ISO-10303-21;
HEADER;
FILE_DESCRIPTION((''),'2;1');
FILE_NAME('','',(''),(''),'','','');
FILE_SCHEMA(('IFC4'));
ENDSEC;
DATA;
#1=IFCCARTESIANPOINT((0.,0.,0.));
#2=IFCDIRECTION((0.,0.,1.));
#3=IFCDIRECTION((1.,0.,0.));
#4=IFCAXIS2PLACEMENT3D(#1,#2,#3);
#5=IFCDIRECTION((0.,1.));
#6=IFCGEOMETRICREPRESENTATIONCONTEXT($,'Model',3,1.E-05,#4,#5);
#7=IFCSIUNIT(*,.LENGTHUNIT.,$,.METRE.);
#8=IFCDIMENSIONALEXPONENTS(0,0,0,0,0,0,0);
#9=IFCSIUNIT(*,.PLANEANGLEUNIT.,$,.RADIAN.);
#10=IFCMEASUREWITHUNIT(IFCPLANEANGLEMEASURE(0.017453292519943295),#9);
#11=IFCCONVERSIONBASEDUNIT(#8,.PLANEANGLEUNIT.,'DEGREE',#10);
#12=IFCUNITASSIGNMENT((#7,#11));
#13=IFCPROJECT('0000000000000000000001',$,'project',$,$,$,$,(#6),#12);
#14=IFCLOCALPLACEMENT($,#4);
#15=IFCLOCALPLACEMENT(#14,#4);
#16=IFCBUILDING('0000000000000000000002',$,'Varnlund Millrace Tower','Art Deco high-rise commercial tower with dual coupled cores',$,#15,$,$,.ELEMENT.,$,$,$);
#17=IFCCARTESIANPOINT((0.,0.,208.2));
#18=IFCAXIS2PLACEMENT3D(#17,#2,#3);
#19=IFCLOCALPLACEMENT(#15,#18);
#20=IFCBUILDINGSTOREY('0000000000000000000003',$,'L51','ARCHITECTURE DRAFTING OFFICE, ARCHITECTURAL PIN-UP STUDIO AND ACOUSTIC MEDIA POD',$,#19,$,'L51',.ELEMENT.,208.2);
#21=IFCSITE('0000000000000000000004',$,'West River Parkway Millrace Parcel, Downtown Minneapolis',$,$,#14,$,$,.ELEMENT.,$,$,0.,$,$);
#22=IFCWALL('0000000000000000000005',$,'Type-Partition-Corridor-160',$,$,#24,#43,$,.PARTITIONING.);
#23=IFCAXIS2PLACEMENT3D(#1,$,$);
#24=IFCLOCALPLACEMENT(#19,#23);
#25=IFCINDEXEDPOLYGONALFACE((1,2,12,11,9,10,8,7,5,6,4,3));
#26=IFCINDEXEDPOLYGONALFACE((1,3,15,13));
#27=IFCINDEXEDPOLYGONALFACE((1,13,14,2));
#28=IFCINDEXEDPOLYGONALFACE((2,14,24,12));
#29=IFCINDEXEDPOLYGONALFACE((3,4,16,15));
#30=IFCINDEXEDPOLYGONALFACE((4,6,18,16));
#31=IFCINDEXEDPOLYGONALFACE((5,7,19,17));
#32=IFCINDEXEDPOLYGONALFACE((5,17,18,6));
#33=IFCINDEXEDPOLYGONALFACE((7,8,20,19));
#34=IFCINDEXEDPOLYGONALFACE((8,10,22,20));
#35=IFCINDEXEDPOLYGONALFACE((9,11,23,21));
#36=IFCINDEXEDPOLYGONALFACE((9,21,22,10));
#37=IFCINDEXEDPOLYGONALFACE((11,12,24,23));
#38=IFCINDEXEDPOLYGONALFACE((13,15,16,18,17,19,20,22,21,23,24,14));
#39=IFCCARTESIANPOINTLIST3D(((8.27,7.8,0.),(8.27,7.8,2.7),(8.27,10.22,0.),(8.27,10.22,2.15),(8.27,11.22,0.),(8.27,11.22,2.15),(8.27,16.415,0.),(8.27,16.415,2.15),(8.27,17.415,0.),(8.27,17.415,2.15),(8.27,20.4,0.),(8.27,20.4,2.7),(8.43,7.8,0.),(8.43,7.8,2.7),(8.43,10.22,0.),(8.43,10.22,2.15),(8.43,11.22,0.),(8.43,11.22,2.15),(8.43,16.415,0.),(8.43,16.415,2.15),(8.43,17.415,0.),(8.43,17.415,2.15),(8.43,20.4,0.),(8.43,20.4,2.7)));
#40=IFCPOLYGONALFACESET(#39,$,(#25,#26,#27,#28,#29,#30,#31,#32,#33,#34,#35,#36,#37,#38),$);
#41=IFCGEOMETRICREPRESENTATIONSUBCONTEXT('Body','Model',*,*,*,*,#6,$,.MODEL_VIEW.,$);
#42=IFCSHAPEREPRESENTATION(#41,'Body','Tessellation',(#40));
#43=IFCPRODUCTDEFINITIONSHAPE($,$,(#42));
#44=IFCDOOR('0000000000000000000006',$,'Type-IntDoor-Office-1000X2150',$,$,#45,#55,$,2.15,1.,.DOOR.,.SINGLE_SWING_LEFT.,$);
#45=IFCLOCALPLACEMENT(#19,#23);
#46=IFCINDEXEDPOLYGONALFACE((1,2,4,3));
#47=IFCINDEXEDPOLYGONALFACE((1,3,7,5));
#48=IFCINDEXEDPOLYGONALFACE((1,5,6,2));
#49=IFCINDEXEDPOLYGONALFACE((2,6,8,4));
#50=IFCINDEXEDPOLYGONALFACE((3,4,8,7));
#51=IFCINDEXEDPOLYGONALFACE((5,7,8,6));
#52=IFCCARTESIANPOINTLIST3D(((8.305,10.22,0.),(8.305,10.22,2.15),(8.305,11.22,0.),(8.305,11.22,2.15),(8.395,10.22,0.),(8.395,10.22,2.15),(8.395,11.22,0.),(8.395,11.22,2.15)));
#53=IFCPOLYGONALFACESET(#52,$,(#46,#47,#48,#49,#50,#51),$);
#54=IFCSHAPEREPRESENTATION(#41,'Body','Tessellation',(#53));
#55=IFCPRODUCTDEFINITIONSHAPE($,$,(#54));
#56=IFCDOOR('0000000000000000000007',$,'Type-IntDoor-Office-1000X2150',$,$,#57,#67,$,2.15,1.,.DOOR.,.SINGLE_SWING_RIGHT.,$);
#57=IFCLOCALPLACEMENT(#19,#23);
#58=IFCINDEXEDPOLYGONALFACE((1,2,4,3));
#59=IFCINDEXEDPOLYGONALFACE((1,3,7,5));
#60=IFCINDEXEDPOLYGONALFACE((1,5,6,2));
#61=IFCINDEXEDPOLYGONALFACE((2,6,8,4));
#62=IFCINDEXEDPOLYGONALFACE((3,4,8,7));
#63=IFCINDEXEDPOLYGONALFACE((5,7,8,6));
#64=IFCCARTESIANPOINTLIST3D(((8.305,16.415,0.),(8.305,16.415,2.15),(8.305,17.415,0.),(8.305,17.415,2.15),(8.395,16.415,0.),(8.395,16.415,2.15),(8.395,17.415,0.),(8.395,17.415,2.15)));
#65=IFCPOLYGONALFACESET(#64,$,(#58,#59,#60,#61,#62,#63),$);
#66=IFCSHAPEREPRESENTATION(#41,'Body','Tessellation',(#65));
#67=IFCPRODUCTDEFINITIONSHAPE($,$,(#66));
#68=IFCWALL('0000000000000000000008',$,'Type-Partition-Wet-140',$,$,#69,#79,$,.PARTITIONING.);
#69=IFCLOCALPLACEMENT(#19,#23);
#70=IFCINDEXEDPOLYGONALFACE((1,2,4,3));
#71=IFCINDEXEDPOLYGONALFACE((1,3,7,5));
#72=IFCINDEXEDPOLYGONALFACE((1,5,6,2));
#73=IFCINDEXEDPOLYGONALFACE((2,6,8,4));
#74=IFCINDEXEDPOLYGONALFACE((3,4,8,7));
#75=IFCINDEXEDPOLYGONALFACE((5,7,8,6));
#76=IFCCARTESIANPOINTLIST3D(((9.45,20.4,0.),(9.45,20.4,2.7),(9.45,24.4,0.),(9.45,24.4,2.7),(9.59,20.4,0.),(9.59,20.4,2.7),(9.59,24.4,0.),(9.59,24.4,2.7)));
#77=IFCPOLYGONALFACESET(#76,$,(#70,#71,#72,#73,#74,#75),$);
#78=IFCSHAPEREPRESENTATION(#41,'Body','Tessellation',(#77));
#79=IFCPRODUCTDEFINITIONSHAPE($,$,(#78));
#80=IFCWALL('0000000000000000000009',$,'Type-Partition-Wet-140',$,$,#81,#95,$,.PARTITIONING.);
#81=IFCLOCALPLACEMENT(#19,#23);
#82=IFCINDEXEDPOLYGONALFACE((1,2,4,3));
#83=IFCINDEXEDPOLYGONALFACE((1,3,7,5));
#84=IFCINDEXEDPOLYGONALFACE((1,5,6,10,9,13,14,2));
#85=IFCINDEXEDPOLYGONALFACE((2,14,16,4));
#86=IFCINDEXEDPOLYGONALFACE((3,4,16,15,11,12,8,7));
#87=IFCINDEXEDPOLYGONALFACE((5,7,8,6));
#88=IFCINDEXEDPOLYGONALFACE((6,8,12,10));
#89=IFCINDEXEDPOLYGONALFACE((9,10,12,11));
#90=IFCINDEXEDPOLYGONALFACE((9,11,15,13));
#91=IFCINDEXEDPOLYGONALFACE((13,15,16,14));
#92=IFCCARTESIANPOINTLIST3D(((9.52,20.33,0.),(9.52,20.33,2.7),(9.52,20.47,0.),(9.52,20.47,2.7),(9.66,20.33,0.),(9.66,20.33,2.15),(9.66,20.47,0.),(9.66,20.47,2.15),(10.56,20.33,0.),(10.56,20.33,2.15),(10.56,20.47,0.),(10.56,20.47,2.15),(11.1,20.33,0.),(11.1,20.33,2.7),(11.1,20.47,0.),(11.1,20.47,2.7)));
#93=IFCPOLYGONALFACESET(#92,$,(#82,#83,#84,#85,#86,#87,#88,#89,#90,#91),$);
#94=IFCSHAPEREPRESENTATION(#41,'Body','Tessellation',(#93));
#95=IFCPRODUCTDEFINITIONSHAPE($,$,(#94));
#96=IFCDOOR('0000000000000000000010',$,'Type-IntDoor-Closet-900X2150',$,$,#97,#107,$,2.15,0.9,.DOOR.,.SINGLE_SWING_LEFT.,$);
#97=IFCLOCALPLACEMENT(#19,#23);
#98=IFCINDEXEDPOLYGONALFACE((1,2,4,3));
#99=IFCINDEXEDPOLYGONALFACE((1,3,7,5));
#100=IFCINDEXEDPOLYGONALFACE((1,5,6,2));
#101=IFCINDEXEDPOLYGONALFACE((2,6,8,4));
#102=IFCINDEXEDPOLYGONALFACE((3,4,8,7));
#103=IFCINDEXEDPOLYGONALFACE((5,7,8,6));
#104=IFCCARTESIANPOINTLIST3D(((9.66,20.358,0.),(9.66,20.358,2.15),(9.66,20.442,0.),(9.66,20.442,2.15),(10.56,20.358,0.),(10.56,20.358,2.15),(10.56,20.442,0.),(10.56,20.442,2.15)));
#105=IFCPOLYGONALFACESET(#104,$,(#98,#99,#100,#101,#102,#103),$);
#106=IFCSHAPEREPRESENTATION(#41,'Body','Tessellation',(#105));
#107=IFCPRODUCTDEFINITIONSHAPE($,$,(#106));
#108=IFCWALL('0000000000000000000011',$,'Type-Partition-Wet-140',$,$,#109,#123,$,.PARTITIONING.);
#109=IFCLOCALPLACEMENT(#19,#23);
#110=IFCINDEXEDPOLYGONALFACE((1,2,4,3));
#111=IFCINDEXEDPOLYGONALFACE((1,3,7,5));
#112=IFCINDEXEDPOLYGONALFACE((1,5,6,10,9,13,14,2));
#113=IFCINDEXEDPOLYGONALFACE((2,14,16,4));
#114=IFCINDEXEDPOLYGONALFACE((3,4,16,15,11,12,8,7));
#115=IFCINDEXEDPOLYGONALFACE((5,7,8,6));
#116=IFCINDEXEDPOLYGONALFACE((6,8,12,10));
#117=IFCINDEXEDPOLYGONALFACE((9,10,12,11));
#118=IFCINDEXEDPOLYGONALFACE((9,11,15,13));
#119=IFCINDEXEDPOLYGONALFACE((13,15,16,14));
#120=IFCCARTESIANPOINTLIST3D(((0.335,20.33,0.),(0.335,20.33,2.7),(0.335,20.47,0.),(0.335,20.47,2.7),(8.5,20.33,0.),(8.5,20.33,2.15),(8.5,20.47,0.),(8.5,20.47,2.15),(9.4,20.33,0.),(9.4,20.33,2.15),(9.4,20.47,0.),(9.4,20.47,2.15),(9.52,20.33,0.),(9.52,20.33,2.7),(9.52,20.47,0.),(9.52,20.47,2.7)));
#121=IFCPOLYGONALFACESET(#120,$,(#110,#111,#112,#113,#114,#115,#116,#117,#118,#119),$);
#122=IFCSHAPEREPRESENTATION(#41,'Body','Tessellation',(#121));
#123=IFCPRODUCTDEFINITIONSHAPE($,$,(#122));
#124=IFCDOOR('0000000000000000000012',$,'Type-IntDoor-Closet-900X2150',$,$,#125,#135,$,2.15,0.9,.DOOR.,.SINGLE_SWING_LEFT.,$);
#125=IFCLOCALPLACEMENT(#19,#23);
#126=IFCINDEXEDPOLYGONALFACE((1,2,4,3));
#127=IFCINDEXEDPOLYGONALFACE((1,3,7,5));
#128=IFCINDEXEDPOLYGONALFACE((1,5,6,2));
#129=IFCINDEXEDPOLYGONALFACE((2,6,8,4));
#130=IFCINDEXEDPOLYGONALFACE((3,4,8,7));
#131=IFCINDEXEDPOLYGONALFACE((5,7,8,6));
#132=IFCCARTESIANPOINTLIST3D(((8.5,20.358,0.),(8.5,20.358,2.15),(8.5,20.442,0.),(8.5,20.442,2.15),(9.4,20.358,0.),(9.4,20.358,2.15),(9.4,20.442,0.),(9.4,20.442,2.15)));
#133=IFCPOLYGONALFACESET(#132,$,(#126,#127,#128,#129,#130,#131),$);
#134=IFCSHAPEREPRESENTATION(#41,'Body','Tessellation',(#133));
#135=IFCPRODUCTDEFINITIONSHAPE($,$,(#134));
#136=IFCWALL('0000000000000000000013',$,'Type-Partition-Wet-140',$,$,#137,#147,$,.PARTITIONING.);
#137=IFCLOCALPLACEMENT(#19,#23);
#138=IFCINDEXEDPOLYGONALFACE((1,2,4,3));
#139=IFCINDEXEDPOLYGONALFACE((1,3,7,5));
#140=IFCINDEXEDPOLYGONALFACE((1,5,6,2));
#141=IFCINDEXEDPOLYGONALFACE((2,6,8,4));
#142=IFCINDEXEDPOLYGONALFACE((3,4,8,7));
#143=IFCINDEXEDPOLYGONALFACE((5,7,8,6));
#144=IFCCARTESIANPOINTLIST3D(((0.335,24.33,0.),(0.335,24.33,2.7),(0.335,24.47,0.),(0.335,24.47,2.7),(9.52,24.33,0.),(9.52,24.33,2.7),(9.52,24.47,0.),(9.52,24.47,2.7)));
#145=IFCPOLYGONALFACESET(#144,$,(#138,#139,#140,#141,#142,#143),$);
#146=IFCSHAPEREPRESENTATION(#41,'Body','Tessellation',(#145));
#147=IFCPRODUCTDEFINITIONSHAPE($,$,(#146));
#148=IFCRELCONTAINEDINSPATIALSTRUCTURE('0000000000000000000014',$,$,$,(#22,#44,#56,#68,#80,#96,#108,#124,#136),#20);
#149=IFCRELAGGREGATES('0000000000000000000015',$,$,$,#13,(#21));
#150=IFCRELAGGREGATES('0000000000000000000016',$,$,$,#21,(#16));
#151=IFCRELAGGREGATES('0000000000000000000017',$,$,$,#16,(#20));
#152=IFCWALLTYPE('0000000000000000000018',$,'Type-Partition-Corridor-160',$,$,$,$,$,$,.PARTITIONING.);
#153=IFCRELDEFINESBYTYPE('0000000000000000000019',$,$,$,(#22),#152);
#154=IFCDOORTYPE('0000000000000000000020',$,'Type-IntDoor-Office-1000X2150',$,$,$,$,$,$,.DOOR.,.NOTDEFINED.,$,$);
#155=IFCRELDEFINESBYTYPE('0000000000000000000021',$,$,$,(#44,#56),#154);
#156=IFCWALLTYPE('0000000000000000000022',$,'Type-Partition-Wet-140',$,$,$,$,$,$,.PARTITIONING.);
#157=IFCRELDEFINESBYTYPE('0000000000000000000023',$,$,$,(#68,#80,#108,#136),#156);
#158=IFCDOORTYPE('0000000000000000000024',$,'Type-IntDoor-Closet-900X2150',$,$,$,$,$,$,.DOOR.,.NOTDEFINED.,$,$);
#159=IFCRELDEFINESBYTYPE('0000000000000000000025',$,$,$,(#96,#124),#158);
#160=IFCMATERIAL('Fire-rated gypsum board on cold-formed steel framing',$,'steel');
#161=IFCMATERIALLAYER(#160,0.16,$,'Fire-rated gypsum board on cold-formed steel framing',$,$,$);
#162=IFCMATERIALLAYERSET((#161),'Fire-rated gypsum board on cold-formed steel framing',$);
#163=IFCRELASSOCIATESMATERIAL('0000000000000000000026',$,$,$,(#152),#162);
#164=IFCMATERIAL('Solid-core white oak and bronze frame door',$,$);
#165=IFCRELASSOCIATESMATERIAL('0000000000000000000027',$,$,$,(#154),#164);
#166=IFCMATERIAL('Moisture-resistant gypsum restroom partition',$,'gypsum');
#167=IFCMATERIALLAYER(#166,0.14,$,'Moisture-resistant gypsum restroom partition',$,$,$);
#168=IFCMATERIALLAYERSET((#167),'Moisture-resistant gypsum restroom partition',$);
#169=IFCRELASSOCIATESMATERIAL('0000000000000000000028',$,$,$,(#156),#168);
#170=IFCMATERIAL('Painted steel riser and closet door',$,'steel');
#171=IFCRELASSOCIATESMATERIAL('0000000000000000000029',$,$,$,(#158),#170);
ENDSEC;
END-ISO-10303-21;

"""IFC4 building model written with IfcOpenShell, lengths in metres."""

from ifc_helpers import new_model, entity, si_unit, converted_unit, direction, frame, origin_with_axes, origin_2d_with_axis, place, context, subcontext, project, spatial, polyline, rectangle, outline, extrude, material, layer, layer_set, type_object, element, fill, save


model = new_model("IFC4")

# Units and contexts
model_context = context("Model", 3, precision=1e-05, world=origin_with_axes(), true_north=direction((0.0, 1.0)))
body_context = subcontext(model_context, "Body", "Model", "MODEL_VIEW")
ifc_project = project(units=[si_unit("LENGTHUNIT", "METRE"), converted_unit("PLANEANGLEUNIT", "DEGREE", entity("IfcPlaneAngleMeasure", 0.017453292519943295), si_unit("PLANEANGLEUNIT", "RADIAN"), dimensions=[0, 0, 0, 0, 0, 0, 0])], contexts=[model_context])

# Site, building, storey
site_placement = place(None, origin_with_axes())
site = spatial("IfcSite", under=ifc_project, at=site_placement, Name="West River Parkway Millrace Parcel, Downtown Minneapolis", CompositionType="ELEMENT", RefElevation=0.0)
building_placement = place(site_placement, origin_with_axes())
building = spatial("IfcBuilding", under=site, at=building_placement, Name="Varnlund Millrace Tower", Description="Art Deco high-rise commercial tower with dual coupled cores", CompositionType="ELEMENT")
storey_placement = place(building_placement, frame((0.0, 0.0, 208.2), z_axis=(0.0, 0.0, 1.0), x_axis=(1.0, 0.0, 0.0)))
storey = spatial("IfcBuildingStorey", under=building, at=storey_placement, Name="L51", Description="ARCHITECTURE DRAFTING OFFICE, ARCHITECTURAL PIN-UP STUDIO AND ACOUSTIC MEDIA POD", LongName="L51", CompositionType="ELEMENT", Elevation=208.2)

# Shared definitions
ifc_material_1 = material(Name="Fire-rated gypsum board on cold-formed steel framing", Category="steel")
ifc_layer_1 = layer(ifc_material_1, 0.16, Name="Fire-rated gypsum board on cold-formed steel framing")
ifc_layer_set_1 = layer_set([ifc_layer_1], Name="Fire-rated gypsum board on cold-formed steel framing")
wall_type_1 = type_object("IfcWallType", Name="Type-Partition-Corridor-160", PredefinedType="PARTITIONING", material=ifc_layer_set_1)

# Shared definitions
ifc_material_2 = material(Name="Solid-core white oak and bronze frame door")
door_type_1 = type_object("IfcDoorType", Name="Type-IntDoor-Office-1000X2150", OperationType="NOTDEFINED", PredefinedType="DOOR", material=ifc_material_2)

# Wall, openings, doors
wall_1_placement = place(storey_placement, frame((8.35, 7.8, 0.0), z_axis=(0.0, 0.0, 1.0), x_axis=(0.0, 1.0, 0.0)))
wall_1 = element("IfcWall", 1, at=wall_1_placement, inside=storey, type_object=wall_type_1, Name="Type-Partition-Corridor-160", PredefinedType="PARTITIONING", context=body_context, shape_type="SweptSolid", body=[
    extrude(outline(polyline([(0.0, -0.08), (12.6, -0.08), (12.6, 0.08), (0.0, 0.08), (0.0, -0.08)])), origin_with_axes(), (0.0, 0.0, 1.0), 2.7),
])
opening_1_placement = place(wall_1_placement, frame((2.92, 0.0, 0.0), z_axis=(0.0, 0.0, 1.0), x_axis=(1.0, 0.0, 0.0)))
opening_1 = element("IfcOpeningElement", 2, at=opening_1_placement, cuts=wall_1, PredefinedType="OPENING", context=body_context, shape_type="SweptSolid", body=[
    extrude(rectangle(XDim=1.0, YDim=0.18, at=origin_2d_with_axis()), origin_with_axes(), (0.0, 0.0, 1.0), 2.15),
])
opening_2_placement = place(wall_1_placement, frame((9.115, 0.0, 0.0), z_axis=(0.0, 0.0, 1.0), x_axis=(1.0, 0.0, 0.0)))
opening_2 = element("IfcOpeningElement", 3, at=opening_2_placement, cuts=wall_1, PredefinedType="OPENING", context=body_context, shape_type="SweptSolid", body=[
    extrude(rectangle(XDim=1.0, YDim=0.18, at=origin_2d_with_axis()), origin_with_axes(), (0.0, 0.0, 1.0), 2.15),
])
door_1_placement = place(wall_1_placement, frame((2.92, 0.0, 0.0), z_axis=(0.0, 0.0, 1.0), x_axis=(1.0, 0.0, 0.0)))
door_1 = element("IfcDoor", 4, at=door_1_placement, inside=storey, type_object=door_type_1, Name="Type-IntDoor-Office-1000X2150", OperationType="SINGLE_SWING_LEFT", OverallHeight=2.15, OverallWidth=1.0, PredefinedType="DOOR", context=body_context, shape_type="SweptSolid", body=[
    extrude(rectangle(XDim=1.0, YDim=0.09, at=origin_2d_with_axis()), origin_with_axes(), (0.0, 0.0, 1.0), 2.15),
])
fill(opening_1, door_1)
door_2_placement = place(wall_1_placement, frame((9.115, 0.0, 0.0), z_axis=(0.0, 0.0, 1.0), x_axis=(1.0, 0.0, 0.0)))
door_2 = element("IfcDoor", 5, at=door_2_placement, inside=storey, type_object=door_type_1, Name="Type-IntDoor-Office-1000X2150", OperationType="SINGLE_SWING_RIGHT", OverallHeight=2.15, OverallWidth=1.0, PredefinedType="DOOR", context=body_context, shape_type="SweptSolid", body=[
    extrude(rectangle(XDim=1.0, YDim=0.09, at=origin_2d_with_axis()), origin_with_axes(), (0.0, 0.0, 1.0), 2.15),
])
fill(opening_2, door_2)

# Wall
ifc_material_3 = material(Name="Moisture-resistant gypsum restroom partition", Category="gypsum")
ifc_layer_2 = layer(ifc_material_3, 0.14, Name="Moisture-resistant gypsum restroom partition")
ifc_layer_set_2 = layer_set([ifc_layer_2], Name="Moisture-resistant gypsum restroom partition")
wall_type_2 = type_object("IfcWallType", Name="Type-Partition-Wet-140", PredefinedType="PARTITIONING", material=ifc_layer_set_2)
wall_2_placement = place(storey_placement, frame((9.52, 20.4, 0.0), z_axis=(0.0, 0.0, 1.0), x_axis=(0.0, 1.0, 0.0)))
element("IfcWall", 6, at=wall_2_placement, inside=storey, type_object=wall_type_2, Name="Type-Partition-Wet-140", PredefinedType="PARTITIONING", context=body_context, shape_type="SweptSolid", body=[
    extrude(outline(polyline([(0.0, -0.07), (4.0, -0.07), (4.0, 0.07), (0.0, 0.07), (0.0, -0.07)])), origin_with_axes(), (0.0, 0.0, 1.0), 2.7),
])

# Walls, openings, doors
wall_3_placement = place(storey_placement, frame((9.52, 20.4, 0.0), z_axis=(0.0, 0.0, 1.0), x_axis=(1.0, 0.0, 0.0)))
wall_3 = element("IfcWall", 7, at=wall_3_placement, inside=storey, type_object=wall_type_2, Name="Type-Partition-Wet-140", PredefinedType="PARTITIONING", context=body_context, shape_type="SweptSolid", body=[
    extrude(outline(polyline([(0.0, -0.07), (1.58, -0.07), (1.58, 0.07), (0.0, 0.07), (0.0, -0.07)])), origin_with_axes(), (0.0, 0.0, 1.0), 2.7),
])
opening_3_placement = place(wall_3_placement, frame((0.59, 0.0, 0.0), z_axis=(0.0, 0.0, 1.0), x_axis=(1.0, 0.0, 0.0)))
opening_3 = element("IfcOpeningElement", 8, at=opening_3_placement, cuts=wall_3, PredefinedType="OPENING", context=body_context, shape_type="SweptSolid", body=[
    extrude(rectangle(XDim=0.9, YDim=0.16, at=origin_2d_with_axis()), origin_with_axes(), (0.0, 0.0, 1.0), 2.15),
])
ifc_material_4 = material(Name="Painted steel riser and closet door", Category="steel")
door_type_2 = type_object("IfcDoorType", Name="Type-IntDoor-Closet-900X2150", OperationType="NOTDEFINED", PredefinedType="DOOR", material=ifc_material_4)
door_3_placement = place(wall_3_placement, frame((0.59, 0.0, 0.0), z_axis=(0.0, 0.0, 1.0), x_axis=(1.0, 0.0, 0.0)))
door_3 = element("IfcDoor", 9, at=door_3_placement, inside=storey, type_object=door_type_2, Name="Type-IntDoor-Closet-900X2150", OperationType="SINGLE_SWING_LEFT", OverallHeight=2.15, OverallWidth=0.9, PredefinedType="DOOR", context=body_context, shape_type="SweptSolid", body=[
    extrude(rectangle(XDim=0.9, YDim=0.084, at=origin_2d_with_axis()), origin_with_axes(), (0.0, 0.0, 1.0), 2.15),
])
fill(opening_3, door_3)
wall_4_placement = place(storey_placement, frame((0.335, 20.4, 0.0), z_axis=(0.0, 0.0, 1.0), x_axis=(1.0, 0.0, 0.0)))
wall_4 = element("IfcWall", 10, at=wall_4_placement, inside=storey, type_object=wall_type_2, Name="Type-Partition-Wet-140", PredefinedType="PARTITIONING", context=body_context, shape_type="SweptSolid", body=[
    extrude(outline(polyline([(0.0, -0.07), (9.185, -0.07), (9.185, 0.07), (0.0, 0.07), (0.0, -0.07)])), origin_with_axes(), (0.0, 0.0, 1.0), 2.7),
])
opening_4_placement = place(wall_4_placement, frame((8.615, 0.0, 0.0), z_axis=(0.0, 0.0, 1.0), x_axis=(1.0, 0.0, 0.0)))
opening_4 = element("IfcOpeningElement", 11, at=opening_4_placement, cuts=wall_4, PredefinedType="OPENING", context=body_context, shape_type="SweptSolid", body=[
    extrude(rectangle(XDim=0.9, YDim=0.16, at=origin_2d_with_axis()), origin_with_axes(), (0.0, 0.0, 1.0), 2.15),
])
door_4_placement = place(wall_4_placement, frame((8.615, 0.0, 0.0), z_axis=(0.0, 0.0, 1.0), x_axis=(1.0, 0.0, 0.0)))
door_4 = element("IfcDoor", 12, at=door_4_placement, inside=storey, type_object=door_type_2, Name="Type-IntDoor-Closet-900X2150", OperationType="SINGLE_SWING_LEFT", OverallHeight=2.15, OverallWidth=0.9, PredefinedType="DOOR", context=body_context, shape_type="SweptSolid", body=[
    extrude(rectangle(XDim=0.9, YDim=0.084, at=origin_2d_with_axis()), origin_with_axes(), (0.0, 0.0, 1.0), 2.15),
])
fill(opening_4, door_4)

# Wall
wall_5_placement = place(storey_placement, frame((0.335, 24.4, 0.0), z_axis=(0.0, 0.0, 1.0), x_axis=(1.0, 0.0, 0.0)))
element("IfcWall", 13, at=wall_5_placement, inside=storey, type_object=wall_type_2, Name="Type-Partition-Wet-140", PredefinedType="PARTITIONING", context=body_context, shape_type="SweptSolid", body=[
    extrude(outline(polyline([(0.0, -0.07), (9.185, -0.07), (9.185, 0.07), (0.0, 0.07), (0.0, -0.07)])), origin_with_axes(), (0.0, 0.0, 1.0), 2.7),
])

save(model, "model.ifc")
